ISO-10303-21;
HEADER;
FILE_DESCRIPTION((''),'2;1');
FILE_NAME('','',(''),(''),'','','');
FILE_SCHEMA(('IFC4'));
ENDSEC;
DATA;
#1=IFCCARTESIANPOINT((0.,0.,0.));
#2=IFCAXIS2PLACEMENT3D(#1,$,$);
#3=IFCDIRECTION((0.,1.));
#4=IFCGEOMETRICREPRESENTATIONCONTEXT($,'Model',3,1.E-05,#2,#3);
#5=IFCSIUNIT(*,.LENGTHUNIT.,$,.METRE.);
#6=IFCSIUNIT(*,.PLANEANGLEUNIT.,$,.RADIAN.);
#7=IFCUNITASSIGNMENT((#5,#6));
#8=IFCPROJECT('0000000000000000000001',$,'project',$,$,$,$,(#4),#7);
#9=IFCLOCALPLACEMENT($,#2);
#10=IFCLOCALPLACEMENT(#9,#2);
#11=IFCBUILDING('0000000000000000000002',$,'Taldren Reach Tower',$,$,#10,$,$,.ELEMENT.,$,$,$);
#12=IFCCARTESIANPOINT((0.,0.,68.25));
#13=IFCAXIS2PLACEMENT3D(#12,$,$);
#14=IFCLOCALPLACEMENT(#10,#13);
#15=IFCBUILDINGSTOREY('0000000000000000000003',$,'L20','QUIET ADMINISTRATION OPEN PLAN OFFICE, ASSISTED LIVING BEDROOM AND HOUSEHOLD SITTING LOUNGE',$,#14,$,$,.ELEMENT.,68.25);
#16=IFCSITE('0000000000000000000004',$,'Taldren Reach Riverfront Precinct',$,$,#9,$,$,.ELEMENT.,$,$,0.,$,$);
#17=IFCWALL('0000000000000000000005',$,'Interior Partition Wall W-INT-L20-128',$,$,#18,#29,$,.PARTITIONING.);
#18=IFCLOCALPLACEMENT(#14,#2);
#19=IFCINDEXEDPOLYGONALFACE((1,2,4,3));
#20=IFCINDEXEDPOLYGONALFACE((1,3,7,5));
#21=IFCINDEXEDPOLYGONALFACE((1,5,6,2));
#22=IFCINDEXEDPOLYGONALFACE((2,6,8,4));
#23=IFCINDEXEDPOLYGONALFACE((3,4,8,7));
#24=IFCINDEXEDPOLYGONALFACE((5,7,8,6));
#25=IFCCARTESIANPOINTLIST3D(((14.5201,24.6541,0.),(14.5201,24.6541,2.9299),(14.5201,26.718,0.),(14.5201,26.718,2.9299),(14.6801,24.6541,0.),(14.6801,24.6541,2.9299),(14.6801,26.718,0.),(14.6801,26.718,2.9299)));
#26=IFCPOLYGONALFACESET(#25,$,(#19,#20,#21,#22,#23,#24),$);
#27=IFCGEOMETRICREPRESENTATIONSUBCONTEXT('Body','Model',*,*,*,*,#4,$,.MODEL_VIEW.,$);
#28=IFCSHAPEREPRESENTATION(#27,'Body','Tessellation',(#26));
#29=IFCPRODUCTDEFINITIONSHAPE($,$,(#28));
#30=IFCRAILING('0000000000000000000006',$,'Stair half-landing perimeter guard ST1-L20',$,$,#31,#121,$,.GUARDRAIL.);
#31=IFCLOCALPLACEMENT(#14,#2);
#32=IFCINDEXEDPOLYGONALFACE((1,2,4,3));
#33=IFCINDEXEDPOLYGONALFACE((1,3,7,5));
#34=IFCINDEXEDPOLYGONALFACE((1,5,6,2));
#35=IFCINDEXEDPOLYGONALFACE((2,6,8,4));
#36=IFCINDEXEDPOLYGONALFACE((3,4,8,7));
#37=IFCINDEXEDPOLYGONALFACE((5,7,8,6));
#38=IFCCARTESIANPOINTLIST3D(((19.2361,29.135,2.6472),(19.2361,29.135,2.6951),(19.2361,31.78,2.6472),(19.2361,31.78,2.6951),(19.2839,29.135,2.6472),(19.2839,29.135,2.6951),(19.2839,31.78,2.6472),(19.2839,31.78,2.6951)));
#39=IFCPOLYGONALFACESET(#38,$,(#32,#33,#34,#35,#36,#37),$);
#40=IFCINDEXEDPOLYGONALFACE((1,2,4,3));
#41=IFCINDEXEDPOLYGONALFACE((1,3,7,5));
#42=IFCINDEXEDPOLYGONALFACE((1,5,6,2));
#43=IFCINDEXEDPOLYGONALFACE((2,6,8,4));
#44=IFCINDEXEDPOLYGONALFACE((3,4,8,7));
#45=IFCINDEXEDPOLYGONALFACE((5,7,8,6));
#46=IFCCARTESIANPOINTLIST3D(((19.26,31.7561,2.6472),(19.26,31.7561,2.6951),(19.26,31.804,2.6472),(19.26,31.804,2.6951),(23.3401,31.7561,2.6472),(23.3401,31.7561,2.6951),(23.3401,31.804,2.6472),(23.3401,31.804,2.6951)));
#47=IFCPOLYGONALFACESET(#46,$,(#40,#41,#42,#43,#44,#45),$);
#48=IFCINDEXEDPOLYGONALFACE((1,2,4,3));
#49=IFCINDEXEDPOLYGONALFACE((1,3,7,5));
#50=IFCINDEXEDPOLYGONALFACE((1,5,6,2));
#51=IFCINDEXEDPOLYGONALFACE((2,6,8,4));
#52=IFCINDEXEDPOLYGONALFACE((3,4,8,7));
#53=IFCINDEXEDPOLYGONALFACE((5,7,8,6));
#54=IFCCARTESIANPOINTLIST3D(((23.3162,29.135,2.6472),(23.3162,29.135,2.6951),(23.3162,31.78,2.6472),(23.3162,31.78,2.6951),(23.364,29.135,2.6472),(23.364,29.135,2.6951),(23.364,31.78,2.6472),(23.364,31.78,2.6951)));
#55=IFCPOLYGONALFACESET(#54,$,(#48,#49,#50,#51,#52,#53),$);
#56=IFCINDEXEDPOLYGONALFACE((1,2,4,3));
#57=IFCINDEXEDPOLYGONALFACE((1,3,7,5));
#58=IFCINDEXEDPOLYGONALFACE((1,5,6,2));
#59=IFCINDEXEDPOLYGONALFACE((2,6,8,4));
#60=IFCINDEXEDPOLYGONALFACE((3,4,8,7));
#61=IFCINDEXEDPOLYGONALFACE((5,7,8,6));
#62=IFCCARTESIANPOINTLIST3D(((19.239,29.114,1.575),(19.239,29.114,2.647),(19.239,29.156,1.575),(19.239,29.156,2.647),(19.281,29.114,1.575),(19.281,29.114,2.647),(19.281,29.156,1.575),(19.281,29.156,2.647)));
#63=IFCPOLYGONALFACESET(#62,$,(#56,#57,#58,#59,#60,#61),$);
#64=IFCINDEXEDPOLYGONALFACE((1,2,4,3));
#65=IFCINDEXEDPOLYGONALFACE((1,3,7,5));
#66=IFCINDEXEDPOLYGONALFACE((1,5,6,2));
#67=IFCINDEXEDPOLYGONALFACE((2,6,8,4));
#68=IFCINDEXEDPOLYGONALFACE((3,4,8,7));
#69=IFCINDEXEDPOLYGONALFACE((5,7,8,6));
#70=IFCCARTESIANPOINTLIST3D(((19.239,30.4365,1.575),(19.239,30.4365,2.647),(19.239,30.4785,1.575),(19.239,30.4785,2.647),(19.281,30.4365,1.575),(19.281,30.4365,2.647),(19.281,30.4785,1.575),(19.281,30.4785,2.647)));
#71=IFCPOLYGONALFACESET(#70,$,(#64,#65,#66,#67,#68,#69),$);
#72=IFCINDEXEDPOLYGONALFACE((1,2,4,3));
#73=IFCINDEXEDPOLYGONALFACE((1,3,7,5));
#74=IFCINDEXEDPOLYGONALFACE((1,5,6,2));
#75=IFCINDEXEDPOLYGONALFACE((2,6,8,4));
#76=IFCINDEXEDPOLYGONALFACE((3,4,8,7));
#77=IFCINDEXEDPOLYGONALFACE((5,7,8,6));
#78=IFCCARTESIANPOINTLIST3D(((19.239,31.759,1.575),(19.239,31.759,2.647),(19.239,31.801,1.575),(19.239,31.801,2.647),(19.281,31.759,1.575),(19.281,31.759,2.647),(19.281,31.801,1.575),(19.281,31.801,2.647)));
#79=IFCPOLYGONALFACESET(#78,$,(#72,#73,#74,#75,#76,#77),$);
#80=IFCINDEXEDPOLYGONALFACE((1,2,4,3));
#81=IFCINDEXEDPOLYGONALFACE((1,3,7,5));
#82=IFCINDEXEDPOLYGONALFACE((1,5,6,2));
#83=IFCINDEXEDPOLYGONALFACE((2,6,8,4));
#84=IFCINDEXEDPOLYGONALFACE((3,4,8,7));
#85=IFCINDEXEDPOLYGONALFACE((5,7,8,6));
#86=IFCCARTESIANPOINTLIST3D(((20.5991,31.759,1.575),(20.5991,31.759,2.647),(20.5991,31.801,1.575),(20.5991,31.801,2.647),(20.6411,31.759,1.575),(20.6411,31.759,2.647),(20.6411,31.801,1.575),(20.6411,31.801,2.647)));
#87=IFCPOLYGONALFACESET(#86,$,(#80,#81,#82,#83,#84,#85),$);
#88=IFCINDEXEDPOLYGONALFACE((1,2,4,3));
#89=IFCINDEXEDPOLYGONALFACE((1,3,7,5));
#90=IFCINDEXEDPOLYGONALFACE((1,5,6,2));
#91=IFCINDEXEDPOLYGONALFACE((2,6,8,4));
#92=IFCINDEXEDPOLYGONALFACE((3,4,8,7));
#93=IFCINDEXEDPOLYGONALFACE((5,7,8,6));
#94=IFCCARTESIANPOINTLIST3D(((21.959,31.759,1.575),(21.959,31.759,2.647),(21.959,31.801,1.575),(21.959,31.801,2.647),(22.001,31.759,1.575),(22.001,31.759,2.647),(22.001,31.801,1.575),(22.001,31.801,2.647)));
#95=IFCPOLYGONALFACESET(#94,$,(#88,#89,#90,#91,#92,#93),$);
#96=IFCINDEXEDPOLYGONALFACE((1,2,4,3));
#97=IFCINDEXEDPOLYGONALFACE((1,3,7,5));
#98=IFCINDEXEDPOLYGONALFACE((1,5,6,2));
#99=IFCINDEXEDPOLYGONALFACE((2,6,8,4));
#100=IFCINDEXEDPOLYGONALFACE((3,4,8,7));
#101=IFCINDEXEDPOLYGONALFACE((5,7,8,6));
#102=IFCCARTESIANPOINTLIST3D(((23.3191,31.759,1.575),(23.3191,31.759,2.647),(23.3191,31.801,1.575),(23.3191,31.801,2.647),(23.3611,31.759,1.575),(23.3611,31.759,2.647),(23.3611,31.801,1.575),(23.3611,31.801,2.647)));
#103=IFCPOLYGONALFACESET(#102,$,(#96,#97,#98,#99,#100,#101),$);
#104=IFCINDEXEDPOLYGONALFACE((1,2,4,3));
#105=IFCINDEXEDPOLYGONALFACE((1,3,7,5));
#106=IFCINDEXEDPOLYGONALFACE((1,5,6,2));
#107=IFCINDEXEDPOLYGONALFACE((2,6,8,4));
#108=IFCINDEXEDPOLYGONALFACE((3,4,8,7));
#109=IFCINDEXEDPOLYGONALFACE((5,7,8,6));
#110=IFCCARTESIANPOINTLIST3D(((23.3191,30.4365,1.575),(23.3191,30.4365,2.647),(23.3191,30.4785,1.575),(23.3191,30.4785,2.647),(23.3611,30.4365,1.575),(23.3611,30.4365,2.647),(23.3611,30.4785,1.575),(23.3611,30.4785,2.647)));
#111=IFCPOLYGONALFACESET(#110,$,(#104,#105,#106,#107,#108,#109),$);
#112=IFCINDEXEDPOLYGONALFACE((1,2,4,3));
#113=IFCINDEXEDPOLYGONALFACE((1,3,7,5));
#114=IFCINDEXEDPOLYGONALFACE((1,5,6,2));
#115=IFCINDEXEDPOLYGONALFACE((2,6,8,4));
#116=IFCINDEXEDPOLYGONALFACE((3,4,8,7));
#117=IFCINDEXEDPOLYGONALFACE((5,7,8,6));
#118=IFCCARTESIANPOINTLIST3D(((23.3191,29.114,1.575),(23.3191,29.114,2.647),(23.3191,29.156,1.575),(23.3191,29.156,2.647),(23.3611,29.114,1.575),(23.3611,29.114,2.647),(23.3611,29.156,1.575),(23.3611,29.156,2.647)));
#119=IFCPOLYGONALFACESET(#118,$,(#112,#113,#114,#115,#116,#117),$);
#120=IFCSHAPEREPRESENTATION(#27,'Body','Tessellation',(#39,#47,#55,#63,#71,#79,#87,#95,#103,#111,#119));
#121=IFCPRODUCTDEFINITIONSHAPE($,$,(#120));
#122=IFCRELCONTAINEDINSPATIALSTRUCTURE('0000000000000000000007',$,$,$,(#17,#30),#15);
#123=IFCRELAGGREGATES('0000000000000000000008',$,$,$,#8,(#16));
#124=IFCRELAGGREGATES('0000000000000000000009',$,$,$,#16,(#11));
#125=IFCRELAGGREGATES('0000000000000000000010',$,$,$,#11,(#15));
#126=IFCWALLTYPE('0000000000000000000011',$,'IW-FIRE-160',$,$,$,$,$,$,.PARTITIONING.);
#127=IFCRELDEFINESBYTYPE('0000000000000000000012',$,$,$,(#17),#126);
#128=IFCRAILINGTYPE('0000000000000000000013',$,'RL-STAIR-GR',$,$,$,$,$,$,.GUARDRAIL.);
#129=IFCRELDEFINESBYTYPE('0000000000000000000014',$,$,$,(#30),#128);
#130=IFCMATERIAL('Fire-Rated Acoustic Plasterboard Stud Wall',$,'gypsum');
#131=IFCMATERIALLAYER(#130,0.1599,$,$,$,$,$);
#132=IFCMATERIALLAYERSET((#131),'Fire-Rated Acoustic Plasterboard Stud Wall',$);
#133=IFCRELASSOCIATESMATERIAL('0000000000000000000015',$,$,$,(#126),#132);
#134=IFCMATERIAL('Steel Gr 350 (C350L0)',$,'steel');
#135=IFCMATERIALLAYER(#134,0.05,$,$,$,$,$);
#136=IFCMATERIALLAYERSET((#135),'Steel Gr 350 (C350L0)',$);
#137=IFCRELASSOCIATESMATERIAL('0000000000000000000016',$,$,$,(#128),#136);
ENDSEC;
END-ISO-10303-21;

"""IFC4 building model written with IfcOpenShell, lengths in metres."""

from ifc_helpers import new_model, si_unit, direction, frame, frame_2d, origin, origin_2d, place, context, subcontext, project, spatial, rectangle, extrude, source, transform, mapped, material, layer, layer_set, type_object, element, save


model = new_model("IFC4")

# Units and contexts
model_context = context("Model", 3, precision=1e-05, world=origin(), true_north=direction((0.0, 1.0)))
body_context = subcontext(model_context, "Body", "Model", "MODEL_VIEW")
ifc_project = project(units=[si_unit("LENGTHUNIT", "METRE"), si_unit("PLANEANGLEUNIT", "RADIAN")], contexts=[model_context])

# Site, building, storey
site_placement = place(None, origin())
site = spatial("IfcSite", under=ifc_project, at=site_placement, Name="Taldren Reach Riverfront Precinct", CompositionType="ELEMENT", RefElevation=0.0)
building_placement = place(site_placement, origin())
building = spatial("IfcBuilding", under=site, at=building_placement, Name="Taldren Reach Tower", CompositionType="ELEMENT")
storey_placement = place(building_placement, frame((0.0, 0.0, 68.25)))
storey = spatial("IfcBuildingStorey", under=building, at=storey_placement, Name="L20", Description="QUIET ADMINISTRATION OPEN PLAN OFFICE, ASSISTED LIVING BEDROOM AND HOUSEHOLD SITTING LOUNGE", CompositionType="ELEMENT", Elevation=68.25)

# Shared definitions
ifc_material_1 = material(Name="Steel Gr 350 (C350L0)", Category="steel")

# Shared definitions
ifc_material_2 = material(Name="Fire-Rated Acoustic Plasterboard Stud Wall", Category="gypsum")
ifc_layer_1 = layer(ifc_material_2, 0.1599)
ifc_layer_set_1 = layer_set([ifc_layer_1], Name="Fire-Rated Acoustic Plasterboard Stud Wall")
wall_type_1 = type_object("IfcWallType", Name="IW-FIRE-160", PredefinedType="PARTITIONING", material=ifc_layer_set_1)

# Wall
shared_shape_1 = source(origin(), body_context, "Body", "SweptSolid", [
    extrude(rectangle(XDim=2.064, YDim=0.1599, at=frame_2d((1.032, 0.0))), origin(), (0.0, 0.0, 1.0), 2.9299),
])
wall_1_placement = place(storey_placement, frame((14.6001, 26.718, 0.0), z_axis=(0.0, 0.0, 1.0), x_axis=(0.0, -1.0, 0.0)))
element("IfcWall", 1, at=wall_1_placement, inside=storey, type_object=wall_type_1, Name="Interior Partition Wall W-INT-L20-128", PredefinedType="PARTITIONING", context=body_context, shape_type="MappedRepresentation", body=[
    mapped(shared_shape_1, transform((0.0, 0.0, 0.0), scale=1.0)),
])

# Railing
ifc_layer_2 = layer(ifc_material_1, 0.05)
ifc_layer_set_2 = layer_set([ifc_layer_2], Name="Steel Gr 350 (C350L0)")
railing_type = type_object("IfcRailingType", Name="RL-STAIR-GR", PredefinedType="GUARDRAIL", material=ifc_layer_set_2)
railing_1_placement = place(storey_placement, frame((19.26, 29.135, 1.575)))
element("IfcRailing", 2, at=railing_1_placement, inside=storey, type_object=railing_type, Name="Stair half-landing perimeter guard ST1-L20", PredefinedType="GUARDRAIL", context=body_context, shape_type="SweptSolid", body=[
    extrude(rectangle(XDim=0.0479, YDim=0.0479, at=origin_2d()), frame((0.0, 0.0, 1.0962), z_axis=(0.0, 1.0, 0.0), x_axis=(-1.0, 0.0, 0.0)), (0.0, 0.0, 1.0), 2.645),
    extrude(rectangle(XDim=0.0479, YDim=0.0479, at=origin_2d()), frame((0.0, 2.645, 1.0962), z_axis=(1.0, 0.0, 0.0), x_axis=(0.0, 1.0, 0.0)), (0.0, 0.0, 1.0), 4.0801),
    extrude(rectangle(XDim=0.0479, YDim=0.0479, at=origin_2d()), frame((4.0801, 2.645, 1.0962), z_axis=(0.0, -1.0, 0.0), x_axis=(1.0, 0.0, 0.0)), (0.0, 0.0, 1.0), 2.645),
    extrude(rectangle(XDim=0.042, YDim=0.042, at=origin_2d()), origin(), (0.0, 0.0, 1.0), 1.072),
    extrude(rectangle(XDim=0.042, YDim=0.042, at=origin_2d()), frame((0.0, 1.3225, 0.0)), (0.0, 0.0, 1.0), 1.072),
    extrude(rectangle(XDim=0.042, YDim=0.042, at=origin_2d()), frame((0.0, 2.645, 0.0)), (0.0, 0.0, 1.0), 1.072),
    extrude(rectangle(XDim=0.042, YDim=0.042, at=origin_2d()), frame((1.3601, 2.645, 0.0)), (0.0, 0.0, 1.0), 1.072),
    extrude(rectangle(XDim=0.042, YDim=0.042, at=origin_2d()), frame((2.72, 2.645, 0.0)), (0.0, 0.0, 1.0), 1.072),
    extrude(rectangle(XDim=0.042, YDim=0.042, at=origin_2d()), frame((4.0801, 2.645, 0.0)), (0.0, 0.0, 1.0), 1.072),
    extrude(rectangle(XDim=0.042, YDim=0.042, at=origin_2d()), frame((4.0801, 1.3225, 0.0)), (0.0, 0.0, 1.0), 1.072),
    extrude(rectangle(XDim=0.042, YDim=0.042, at=origin_2d()), frame((4.0801, 0.0, 0.0)), (0.0, 0.0, 1.0), 1.072),
])

save(model, "model.ifc")
